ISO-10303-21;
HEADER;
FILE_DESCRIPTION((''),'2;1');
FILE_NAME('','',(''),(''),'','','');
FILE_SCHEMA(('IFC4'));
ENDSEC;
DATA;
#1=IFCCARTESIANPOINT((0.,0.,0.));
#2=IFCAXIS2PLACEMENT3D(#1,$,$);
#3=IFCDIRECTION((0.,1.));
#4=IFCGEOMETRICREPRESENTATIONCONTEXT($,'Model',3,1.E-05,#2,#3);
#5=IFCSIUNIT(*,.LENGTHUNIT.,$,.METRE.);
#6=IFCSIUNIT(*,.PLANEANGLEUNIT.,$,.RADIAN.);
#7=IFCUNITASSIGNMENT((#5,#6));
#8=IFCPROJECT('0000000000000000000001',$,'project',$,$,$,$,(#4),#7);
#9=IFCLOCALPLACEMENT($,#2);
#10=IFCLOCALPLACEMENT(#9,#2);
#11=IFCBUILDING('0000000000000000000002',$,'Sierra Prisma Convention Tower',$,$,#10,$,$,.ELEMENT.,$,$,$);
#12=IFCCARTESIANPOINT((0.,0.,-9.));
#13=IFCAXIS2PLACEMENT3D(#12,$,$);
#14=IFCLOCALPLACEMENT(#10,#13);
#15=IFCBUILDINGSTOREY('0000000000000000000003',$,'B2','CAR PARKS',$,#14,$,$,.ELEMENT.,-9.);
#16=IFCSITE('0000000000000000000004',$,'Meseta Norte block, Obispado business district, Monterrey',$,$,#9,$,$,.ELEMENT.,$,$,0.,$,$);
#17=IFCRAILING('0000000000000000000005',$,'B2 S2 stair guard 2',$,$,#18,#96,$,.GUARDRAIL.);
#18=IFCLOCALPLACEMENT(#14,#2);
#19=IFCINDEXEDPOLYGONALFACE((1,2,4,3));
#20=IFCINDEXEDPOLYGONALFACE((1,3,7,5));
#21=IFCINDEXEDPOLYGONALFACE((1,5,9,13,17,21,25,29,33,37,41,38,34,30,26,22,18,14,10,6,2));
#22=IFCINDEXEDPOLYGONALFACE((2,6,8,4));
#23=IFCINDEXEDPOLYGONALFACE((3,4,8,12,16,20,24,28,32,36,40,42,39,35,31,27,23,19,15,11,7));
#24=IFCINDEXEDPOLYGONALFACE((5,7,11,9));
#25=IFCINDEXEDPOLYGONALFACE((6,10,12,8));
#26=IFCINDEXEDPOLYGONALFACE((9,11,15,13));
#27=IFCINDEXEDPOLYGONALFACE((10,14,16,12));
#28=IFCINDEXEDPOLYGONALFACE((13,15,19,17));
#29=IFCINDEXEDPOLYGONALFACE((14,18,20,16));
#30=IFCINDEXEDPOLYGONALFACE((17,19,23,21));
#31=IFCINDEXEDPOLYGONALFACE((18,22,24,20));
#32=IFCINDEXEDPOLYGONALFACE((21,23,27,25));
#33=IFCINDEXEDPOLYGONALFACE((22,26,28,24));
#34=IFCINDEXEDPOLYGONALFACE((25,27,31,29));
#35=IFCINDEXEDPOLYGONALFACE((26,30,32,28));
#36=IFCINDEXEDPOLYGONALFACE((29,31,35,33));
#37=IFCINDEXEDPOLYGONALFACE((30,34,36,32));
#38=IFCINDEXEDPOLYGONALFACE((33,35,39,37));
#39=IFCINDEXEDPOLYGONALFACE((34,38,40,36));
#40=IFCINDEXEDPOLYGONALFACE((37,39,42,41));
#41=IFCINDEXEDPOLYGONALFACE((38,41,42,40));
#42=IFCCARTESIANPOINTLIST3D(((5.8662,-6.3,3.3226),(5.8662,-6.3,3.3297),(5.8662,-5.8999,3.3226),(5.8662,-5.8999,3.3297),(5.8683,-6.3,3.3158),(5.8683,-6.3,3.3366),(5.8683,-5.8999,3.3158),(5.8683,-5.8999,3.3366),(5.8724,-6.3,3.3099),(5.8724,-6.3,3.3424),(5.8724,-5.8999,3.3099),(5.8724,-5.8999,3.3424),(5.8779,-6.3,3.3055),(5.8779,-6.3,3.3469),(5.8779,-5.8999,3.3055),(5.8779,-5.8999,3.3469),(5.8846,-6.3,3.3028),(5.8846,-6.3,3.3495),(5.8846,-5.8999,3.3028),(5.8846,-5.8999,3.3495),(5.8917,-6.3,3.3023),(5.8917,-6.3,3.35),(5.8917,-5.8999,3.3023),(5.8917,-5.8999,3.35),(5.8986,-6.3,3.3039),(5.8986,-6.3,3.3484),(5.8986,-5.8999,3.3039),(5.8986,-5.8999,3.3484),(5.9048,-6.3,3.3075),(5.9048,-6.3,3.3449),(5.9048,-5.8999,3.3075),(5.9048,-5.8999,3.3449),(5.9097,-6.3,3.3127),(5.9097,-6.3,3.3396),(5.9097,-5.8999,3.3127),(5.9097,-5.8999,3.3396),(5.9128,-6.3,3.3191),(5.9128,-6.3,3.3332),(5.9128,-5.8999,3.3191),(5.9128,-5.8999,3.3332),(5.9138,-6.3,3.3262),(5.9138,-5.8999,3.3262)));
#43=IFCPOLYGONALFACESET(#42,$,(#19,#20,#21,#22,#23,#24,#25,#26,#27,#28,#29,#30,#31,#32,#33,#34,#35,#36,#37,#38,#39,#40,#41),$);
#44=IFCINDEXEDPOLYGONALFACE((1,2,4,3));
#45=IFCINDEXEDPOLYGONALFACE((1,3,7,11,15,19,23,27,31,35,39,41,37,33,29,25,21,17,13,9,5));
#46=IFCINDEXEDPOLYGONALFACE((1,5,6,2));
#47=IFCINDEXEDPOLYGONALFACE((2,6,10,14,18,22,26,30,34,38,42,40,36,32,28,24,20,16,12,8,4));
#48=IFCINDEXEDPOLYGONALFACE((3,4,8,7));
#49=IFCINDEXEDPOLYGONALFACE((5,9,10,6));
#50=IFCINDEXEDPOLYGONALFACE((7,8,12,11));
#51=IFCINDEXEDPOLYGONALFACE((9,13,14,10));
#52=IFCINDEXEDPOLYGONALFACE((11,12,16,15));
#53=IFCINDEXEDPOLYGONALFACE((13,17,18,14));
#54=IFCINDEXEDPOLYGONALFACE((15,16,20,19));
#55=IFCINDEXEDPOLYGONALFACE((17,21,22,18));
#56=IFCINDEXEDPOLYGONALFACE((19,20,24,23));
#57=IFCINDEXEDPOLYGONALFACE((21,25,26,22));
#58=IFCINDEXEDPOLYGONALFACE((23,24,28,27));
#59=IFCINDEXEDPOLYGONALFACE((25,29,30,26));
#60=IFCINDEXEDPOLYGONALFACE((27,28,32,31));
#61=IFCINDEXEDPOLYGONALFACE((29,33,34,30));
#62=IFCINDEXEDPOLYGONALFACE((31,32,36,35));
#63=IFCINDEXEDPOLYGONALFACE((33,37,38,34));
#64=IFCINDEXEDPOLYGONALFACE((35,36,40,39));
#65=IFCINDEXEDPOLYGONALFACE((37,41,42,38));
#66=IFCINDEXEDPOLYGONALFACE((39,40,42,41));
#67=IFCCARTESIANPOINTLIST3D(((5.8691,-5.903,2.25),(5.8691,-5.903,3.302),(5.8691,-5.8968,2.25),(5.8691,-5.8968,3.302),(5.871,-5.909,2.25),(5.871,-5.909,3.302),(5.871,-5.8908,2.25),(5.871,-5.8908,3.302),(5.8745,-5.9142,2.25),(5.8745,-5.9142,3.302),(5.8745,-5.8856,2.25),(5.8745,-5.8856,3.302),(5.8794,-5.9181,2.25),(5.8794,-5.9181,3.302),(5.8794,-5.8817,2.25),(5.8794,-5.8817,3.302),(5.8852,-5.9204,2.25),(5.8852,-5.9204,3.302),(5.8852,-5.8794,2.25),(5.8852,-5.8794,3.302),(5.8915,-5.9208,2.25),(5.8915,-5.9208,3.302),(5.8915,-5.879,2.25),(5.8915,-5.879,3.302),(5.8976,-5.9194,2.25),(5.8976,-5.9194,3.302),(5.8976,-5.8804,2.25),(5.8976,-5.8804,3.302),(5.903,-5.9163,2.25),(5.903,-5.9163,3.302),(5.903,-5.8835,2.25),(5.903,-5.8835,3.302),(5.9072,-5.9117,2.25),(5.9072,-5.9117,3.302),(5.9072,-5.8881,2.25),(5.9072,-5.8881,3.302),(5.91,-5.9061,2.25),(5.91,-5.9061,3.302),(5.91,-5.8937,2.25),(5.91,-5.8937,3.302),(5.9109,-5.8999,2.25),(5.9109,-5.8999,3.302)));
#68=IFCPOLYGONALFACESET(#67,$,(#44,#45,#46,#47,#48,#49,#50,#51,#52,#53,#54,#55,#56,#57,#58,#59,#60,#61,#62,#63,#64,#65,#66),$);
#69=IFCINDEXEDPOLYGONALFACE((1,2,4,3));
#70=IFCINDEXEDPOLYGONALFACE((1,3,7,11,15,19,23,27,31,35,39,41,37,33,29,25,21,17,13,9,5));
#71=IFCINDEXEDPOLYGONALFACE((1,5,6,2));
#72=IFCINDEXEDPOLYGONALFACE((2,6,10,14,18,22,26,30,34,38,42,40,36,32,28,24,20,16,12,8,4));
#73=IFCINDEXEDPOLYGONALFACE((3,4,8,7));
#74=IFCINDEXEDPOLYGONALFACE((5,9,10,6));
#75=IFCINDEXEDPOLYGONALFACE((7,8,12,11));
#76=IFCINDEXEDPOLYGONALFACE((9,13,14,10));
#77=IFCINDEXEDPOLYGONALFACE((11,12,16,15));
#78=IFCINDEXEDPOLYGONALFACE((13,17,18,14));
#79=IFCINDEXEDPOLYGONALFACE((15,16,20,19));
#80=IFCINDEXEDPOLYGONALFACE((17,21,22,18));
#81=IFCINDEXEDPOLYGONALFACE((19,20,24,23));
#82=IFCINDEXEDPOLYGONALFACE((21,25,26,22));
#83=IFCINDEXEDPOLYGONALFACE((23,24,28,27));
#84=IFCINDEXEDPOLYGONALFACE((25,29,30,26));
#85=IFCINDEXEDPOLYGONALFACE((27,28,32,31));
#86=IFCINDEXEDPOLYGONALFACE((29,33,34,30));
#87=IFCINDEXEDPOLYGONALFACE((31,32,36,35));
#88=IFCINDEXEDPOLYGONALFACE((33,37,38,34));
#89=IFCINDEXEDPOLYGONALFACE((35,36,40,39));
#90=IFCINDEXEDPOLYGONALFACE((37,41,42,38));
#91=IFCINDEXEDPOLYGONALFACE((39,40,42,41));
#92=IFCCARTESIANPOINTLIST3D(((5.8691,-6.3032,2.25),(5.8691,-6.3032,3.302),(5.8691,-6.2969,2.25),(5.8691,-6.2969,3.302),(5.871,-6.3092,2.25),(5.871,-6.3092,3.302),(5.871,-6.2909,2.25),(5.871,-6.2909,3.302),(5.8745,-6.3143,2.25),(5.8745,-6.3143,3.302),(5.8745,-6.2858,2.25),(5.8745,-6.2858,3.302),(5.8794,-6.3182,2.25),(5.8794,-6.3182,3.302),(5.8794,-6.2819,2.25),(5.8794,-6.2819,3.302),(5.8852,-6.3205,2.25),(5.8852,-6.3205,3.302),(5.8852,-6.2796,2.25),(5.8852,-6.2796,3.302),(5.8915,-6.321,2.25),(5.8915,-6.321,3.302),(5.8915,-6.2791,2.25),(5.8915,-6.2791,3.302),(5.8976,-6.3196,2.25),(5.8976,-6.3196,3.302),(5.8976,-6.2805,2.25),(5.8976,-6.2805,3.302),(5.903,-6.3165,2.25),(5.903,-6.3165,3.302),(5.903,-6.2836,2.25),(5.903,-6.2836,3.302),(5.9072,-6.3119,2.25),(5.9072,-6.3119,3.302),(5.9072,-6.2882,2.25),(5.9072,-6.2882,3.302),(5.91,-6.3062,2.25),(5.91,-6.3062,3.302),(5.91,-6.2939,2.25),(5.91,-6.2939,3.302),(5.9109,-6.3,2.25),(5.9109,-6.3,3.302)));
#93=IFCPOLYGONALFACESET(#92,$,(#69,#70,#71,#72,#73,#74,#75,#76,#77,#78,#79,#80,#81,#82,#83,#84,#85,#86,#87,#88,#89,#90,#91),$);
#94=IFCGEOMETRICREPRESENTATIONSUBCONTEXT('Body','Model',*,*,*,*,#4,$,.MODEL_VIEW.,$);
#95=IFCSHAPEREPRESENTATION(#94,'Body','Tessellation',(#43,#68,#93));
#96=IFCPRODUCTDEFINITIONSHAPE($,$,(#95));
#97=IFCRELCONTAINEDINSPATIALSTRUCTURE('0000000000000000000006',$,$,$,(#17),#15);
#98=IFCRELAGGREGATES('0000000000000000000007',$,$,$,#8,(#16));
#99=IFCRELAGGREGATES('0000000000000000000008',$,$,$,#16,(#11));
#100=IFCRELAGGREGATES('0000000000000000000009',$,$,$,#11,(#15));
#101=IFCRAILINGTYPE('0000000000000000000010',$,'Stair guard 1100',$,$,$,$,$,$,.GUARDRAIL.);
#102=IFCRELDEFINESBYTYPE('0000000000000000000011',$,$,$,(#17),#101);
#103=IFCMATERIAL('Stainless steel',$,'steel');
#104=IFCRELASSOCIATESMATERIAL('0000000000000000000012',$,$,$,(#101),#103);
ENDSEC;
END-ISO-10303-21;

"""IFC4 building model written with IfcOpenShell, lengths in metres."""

from ifc_helpers import new_model, si_unit, direction, frame, origin, origin_2d, place, context, subcontext, project, spatial, circle, extrude, material, type_object, element, save


model = new_model("IFC4")

# Units and contexts
model_context = context("Model", 3, precision=1e-05, world=origin(), true_north=direction((0.0, 1.0)))
body_context = subcontext(model_context, "Body", "Model", "MODEL_VIEW")
ifc_project = project(units=[si_unit("LENGTHUNIT", "METRE"), si_unit("PLANEANGLEUNIT", "RADIAN")], contexts=[model_context])

# Site, building, storey
site_placement = place(None, origin())
site = spatial("IfcSite", under=ifc_project, at=site_placement, Name="Meseta Norte block, Obispado business district, Monterrey", CompositionType="ELEMENT", RefElevation=0.0)
building_placement = place(site_placement, origin())
building = spatial("IfcBuilding", under=site, at=building_placement, Name="Sierra Prisma Convention Tower", CompositionType="ELEMENT")
storey_placement = place(building_placement, frame((0.0, 0.0, -9.0)))
storey = spatial("IfcBuildingStorey", under=building, at=storey_placement, Name="B2", Description="CAR PARKS", CompositionType="ELEMENT", Elevation=-9.0)

# Railing
ifc_material_1 = material(Name="Stainless steel", Category="steel")
railing_type_1 = type_object("IfcRailingType", Name="Stair guard 1100", PredefinedType="GUARDRAIL", material=ifc_material_1)
railing_1_placement = place(storey_placement, frame((5.8899, -5.8999, 2.25)))
element("IfcRailing", 1, at=railing_1_placement, inside=storey, type_object=railing_type_1, Name="B2 S2 stair guard 2", PredefinedType="GUARDRAIL", context=body_context, shape_type="SweptSolid", body=[
    extrude(circle(Radius=0.0239, at=origin_2d()), frame((0.0, 0.0, 1.0762), z_axis=(0.0, -1.0, 0.0), x_axis=(1.0, 0.0, 0.0)), (0.0, 0.0, 1.0), 0.4001),
    extrude(circle(Radius=0.021, at=origin_2d()), origin(), (0.0, 0.0, 1.0), 1.052),
    extrude(circle(Radius=0.021, at=origin_2d()), frame((0.0, -0.4001, 0.0)), (0.0, 0.0, 1.0), 1.052),
])

save(model, "model.ifc")
